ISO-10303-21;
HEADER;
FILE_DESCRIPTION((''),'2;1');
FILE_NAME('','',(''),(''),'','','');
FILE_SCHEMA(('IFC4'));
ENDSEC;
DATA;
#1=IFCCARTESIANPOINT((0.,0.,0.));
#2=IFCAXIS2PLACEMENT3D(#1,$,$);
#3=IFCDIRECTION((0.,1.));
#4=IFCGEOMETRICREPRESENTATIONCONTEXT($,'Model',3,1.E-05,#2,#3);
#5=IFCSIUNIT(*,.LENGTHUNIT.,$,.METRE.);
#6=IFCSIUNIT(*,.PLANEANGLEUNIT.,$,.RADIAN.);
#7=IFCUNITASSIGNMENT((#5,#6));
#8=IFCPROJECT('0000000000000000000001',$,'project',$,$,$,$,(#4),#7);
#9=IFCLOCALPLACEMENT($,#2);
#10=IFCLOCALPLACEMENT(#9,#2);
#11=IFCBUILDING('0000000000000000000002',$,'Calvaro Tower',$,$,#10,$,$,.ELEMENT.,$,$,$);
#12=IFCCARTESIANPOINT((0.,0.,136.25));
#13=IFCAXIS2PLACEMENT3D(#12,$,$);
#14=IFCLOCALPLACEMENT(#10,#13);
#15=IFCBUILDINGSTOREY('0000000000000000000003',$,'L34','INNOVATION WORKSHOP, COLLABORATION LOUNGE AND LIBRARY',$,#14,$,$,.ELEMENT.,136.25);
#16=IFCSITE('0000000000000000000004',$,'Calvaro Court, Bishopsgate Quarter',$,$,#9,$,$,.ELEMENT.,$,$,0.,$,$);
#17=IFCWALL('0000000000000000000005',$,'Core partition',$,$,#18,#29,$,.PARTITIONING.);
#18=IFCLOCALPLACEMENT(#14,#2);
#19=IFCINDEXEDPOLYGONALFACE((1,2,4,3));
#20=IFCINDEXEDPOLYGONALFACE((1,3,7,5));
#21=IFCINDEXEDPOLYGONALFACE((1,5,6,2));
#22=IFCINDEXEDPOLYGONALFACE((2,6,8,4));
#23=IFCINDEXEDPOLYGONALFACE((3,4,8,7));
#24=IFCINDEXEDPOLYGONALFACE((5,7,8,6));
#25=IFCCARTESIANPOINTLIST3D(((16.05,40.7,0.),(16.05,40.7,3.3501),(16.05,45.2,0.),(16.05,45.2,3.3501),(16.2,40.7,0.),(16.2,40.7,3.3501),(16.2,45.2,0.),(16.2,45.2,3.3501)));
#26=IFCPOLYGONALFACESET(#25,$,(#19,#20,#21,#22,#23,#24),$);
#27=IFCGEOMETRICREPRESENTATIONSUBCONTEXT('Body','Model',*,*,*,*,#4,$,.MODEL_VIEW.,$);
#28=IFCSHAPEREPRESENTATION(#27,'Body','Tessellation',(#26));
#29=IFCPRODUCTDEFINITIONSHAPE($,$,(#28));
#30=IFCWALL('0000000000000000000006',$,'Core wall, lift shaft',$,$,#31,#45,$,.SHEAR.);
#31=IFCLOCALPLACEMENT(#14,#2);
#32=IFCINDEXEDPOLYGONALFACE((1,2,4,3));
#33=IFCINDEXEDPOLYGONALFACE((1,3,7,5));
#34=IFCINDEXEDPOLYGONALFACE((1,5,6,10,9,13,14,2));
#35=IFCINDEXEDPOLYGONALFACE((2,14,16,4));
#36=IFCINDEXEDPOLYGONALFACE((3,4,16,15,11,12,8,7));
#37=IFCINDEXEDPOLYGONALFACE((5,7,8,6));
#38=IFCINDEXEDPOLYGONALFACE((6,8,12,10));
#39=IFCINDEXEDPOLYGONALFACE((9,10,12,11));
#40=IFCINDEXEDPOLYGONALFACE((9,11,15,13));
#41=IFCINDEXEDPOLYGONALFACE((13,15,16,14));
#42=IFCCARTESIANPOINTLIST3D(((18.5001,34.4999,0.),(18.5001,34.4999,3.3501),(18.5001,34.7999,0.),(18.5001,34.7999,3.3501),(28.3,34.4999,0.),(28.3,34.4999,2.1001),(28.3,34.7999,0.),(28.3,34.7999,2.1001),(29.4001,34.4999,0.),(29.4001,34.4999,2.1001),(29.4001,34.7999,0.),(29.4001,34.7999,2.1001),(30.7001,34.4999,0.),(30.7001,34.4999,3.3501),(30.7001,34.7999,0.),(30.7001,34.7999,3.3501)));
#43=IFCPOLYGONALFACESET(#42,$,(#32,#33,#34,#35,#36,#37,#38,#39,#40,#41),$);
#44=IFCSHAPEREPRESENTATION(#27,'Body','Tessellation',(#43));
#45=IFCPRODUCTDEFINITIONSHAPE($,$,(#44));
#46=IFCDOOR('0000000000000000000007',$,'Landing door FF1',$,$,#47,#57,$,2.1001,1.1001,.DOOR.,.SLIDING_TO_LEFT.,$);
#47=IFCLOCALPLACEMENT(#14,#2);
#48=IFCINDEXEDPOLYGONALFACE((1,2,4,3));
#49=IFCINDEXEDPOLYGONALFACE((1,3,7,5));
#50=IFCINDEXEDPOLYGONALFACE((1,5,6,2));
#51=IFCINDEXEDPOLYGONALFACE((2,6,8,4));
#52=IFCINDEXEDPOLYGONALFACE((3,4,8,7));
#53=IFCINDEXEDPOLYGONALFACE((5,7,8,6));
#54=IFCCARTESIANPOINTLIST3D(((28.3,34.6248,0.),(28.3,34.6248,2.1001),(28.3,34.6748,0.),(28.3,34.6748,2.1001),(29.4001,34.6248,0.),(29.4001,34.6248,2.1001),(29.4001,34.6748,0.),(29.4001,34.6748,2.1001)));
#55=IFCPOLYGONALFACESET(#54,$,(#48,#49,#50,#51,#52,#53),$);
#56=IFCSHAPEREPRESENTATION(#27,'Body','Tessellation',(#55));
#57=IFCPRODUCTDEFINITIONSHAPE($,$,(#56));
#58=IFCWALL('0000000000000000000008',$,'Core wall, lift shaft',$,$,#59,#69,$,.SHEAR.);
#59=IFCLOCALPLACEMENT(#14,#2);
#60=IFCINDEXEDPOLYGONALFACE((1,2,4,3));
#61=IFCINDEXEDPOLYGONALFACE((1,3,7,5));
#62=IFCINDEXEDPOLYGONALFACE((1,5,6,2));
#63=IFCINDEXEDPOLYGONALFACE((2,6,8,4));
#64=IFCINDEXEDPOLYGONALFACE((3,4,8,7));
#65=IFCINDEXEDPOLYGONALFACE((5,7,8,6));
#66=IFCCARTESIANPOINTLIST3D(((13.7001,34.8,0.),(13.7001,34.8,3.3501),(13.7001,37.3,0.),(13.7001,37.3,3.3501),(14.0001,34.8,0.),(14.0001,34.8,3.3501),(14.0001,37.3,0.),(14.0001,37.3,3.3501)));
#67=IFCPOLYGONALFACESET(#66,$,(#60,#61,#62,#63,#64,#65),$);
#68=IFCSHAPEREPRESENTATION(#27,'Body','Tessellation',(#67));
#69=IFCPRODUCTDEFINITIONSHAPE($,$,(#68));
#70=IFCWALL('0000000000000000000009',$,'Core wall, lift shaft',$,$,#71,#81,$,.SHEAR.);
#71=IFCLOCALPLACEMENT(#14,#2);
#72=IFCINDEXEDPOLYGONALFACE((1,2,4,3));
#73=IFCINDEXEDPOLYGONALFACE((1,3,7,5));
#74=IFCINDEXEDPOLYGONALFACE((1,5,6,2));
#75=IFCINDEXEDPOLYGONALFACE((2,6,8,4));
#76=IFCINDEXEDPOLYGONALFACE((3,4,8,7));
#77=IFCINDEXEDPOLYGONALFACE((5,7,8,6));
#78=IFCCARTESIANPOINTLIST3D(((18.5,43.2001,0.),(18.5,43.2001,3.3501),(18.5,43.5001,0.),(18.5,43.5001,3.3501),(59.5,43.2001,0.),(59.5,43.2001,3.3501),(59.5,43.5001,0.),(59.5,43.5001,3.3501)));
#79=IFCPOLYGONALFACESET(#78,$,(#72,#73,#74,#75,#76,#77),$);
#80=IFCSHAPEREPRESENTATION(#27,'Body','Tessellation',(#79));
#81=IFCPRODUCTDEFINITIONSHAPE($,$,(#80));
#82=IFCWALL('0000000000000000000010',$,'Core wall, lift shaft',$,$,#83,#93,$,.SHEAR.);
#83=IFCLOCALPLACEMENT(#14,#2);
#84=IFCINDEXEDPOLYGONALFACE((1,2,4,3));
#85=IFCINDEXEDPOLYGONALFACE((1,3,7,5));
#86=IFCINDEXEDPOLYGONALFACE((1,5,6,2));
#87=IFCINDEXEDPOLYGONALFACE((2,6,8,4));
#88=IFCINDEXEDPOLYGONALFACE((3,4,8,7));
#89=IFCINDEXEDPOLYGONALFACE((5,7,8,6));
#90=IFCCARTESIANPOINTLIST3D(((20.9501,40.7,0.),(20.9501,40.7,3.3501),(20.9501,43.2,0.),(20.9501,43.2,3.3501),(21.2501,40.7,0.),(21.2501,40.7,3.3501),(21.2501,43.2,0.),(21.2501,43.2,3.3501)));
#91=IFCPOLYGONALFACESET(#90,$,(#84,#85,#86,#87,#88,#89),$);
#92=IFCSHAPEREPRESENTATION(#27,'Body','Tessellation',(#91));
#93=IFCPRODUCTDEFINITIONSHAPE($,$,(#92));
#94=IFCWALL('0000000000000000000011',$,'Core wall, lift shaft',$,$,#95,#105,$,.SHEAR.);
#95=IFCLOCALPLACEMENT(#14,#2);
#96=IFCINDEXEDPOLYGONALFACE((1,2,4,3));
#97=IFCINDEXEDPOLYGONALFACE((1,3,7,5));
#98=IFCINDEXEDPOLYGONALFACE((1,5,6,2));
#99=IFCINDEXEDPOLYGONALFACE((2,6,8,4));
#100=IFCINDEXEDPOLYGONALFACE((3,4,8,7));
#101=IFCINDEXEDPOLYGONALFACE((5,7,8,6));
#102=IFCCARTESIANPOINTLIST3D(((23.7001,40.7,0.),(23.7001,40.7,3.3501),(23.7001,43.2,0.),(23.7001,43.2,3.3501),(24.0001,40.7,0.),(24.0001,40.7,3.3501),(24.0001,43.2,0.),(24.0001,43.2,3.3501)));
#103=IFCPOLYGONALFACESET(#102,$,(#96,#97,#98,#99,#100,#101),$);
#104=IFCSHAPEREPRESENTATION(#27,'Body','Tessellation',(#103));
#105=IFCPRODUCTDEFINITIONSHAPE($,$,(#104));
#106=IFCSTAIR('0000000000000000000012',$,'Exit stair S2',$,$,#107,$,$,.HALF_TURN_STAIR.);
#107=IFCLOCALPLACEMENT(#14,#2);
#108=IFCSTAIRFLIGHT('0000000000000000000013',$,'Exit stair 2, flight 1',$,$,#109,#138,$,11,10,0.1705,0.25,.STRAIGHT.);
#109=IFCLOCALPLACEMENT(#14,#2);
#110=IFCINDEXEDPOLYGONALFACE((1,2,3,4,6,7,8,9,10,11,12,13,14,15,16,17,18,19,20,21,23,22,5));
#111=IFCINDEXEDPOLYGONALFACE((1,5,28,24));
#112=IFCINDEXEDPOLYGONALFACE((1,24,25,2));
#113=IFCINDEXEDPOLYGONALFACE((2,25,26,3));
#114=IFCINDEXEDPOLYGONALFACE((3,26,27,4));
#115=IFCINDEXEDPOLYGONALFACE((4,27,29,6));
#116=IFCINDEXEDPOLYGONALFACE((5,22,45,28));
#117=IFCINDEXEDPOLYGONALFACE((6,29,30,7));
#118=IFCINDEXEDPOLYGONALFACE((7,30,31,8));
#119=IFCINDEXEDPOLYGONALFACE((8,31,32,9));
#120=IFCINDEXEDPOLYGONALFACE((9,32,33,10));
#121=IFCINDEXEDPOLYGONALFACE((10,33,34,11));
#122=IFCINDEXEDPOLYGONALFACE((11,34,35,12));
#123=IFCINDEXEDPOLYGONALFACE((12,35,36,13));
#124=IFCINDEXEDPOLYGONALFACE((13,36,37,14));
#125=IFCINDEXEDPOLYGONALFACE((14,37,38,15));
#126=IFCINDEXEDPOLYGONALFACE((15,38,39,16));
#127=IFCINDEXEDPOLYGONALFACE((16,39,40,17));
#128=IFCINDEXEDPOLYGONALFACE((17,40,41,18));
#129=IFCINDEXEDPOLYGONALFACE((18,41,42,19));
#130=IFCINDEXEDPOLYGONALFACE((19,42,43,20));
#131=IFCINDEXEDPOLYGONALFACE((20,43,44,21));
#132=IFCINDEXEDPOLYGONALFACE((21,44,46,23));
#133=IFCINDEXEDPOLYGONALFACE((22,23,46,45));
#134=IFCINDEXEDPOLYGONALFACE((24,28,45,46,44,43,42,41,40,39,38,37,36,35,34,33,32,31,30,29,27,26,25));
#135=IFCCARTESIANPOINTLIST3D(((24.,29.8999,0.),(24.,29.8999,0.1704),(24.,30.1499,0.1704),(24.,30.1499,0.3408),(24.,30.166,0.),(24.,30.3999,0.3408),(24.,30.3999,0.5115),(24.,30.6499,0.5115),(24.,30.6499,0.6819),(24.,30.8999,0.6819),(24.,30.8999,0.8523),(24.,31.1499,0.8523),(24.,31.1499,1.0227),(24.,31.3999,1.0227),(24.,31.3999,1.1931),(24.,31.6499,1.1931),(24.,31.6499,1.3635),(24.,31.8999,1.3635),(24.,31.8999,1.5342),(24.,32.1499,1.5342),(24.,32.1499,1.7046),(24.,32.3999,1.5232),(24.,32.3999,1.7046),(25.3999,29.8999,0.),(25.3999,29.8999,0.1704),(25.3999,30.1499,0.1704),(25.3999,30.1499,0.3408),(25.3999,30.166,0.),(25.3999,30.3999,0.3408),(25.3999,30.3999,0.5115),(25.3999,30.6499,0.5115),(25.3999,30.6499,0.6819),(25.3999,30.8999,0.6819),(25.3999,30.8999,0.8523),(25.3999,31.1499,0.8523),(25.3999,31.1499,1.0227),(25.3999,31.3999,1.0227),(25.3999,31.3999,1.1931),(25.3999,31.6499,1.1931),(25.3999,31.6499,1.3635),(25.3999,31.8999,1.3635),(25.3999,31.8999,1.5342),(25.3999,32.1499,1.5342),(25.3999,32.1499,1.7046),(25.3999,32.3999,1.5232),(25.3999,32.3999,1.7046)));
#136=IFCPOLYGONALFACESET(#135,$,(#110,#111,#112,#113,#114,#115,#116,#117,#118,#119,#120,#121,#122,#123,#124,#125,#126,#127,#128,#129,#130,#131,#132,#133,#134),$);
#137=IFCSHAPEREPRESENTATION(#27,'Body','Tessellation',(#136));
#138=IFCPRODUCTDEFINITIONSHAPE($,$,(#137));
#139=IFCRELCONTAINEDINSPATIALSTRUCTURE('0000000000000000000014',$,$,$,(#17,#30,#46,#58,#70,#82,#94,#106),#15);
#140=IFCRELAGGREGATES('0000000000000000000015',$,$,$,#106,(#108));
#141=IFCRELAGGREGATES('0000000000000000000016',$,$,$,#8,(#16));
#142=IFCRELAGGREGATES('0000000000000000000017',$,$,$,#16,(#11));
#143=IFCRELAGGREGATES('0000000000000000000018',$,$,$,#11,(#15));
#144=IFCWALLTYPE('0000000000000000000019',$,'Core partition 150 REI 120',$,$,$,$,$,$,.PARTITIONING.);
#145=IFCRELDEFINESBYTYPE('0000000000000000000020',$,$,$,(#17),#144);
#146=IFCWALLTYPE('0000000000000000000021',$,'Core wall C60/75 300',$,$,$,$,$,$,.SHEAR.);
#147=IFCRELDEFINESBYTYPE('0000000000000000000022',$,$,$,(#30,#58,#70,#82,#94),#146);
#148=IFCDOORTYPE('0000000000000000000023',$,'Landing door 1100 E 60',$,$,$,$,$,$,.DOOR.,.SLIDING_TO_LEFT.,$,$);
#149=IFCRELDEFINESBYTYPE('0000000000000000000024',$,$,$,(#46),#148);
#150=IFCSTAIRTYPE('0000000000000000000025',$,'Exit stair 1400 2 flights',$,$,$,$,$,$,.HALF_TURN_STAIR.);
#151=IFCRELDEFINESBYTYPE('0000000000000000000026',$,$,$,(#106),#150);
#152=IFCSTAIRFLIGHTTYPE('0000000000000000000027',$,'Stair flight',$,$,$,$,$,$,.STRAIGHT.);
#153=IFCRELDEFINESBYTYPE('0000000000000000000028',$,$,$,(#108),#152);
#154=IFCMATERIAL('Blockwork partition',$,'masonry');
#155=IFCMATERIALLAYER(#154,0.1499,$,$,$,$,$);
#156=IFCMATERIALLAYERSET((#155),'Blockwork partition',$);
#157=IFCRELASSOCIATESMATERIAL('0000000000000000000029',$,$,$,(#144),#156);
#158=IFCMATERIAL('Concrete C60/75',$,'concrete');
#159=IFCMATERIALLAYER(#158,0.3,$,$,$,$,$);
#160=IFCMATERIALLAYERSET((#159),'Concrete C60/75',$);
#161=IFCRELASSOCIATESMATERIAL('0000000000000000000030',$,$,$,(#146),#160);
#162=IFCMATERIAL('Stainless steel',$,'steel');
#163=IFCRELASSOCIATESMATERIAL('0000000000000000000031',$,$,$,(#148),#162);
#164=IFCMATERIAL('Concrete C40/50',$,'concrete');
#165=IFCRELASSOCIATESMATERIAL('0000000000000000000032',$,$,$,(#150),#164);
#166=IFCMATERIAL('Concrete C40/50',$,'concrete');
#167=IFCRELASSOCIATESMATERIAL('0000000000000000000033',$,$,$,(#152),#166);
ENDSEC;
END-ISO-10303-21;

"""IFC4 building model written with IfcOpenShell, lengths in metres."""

from ifc_helpers import new_model, si_unit, direction, frame, frame_2d, origin, place, context, subcontext, project, spatial, polyline, rectangle, outline, extrude, material, layer, layer_set, type_object, element, fill, aggregate, save


model = new_model("IFC4")

# Units and contexts
model_context = context("Model", 3, precision=1e-05, world=origin(), true_north=direction((0.0, 1.0)))
body_context = subcontext(model_context, "Body", "Model", "MODEL_VIEW")
ifc_project = project(units=[si_unit("LENGTHUNIT", "METRE"), si_unit("PLANEANGLEUNIT", "RADIAN")], contexts=[model_context])

# Site, building, storey
site_placement = place(None, origin())
site = spatial("IfcSite", under=ifc_project, at=site_placement, Name="Calvaro Court, Bishopsgate Quarter", CompositionType="ELEMENT", RefElevation=0.0)
building_placement = place(site_placement, origin())
building = spatial("IfcBuilding", under=site, at=building_placement, Name="Calvaro Tower", CompositionType="ELEMENT")
storey_placement = place(building_placement, frame((0.0, 0.0, 136.25)))
storey = spatial("IfcBuildingStorey", under=building, at=storey_placement, Name="L34", Description="INNOVATION WORKSHOP, COLLABORATION LOUNGE AND LIBRARY", CompositionType="ELEMENT", Elevation=136.25)

# Wall
ifc_material_1 = material(Name="Blockwork partition", Category="masonry")
ifc_layer_1 = layer(ifc_material_1, 0.1499)
ifc_layer_set_1 = layer_set([ifc_layer_1], Name="Blockwork partition")
wall_type_1 = type_object("IfcWallType", Name="Core partition 150 REI 120", PredefinedType="PARTITIONING", material=ifc_layer_set_1)
wall_1_placement = place(storey_placement, frame((16.125, 40.7, 0.0), z_axis=(0.0, 0.0, 1.0), x_axis=(0.0, 1.0, 0.0)))
element("IfcWall", 1, at=wall_1_placement, inside=storey, type_object=wall_type_1, Name="Core partition", PredefinedType="PARTITIONING", context=body_context, shape_type="SweptSolid", body=[
    extrude(rectangle(XDim=4.5, YDim=0.1499, at=frame_2d((2.25, 0.0))), origin(), (0.0, 0.0, 1.0), 3.3501),
])

# Wall, opening, door
ifc_material_2 = material(Name="Concrete C60/75", Category="concrete")
ifc_layer_2 = layer(ifc_material_2, 0.3)
ifc_layer_set_2 = layer_set([ifc_layer_2], Name="Concrete C60/75")
wall_type_2 = type_object("IfcWallType", Name="Core wall C60/75 300", PredefinedType="SHEAR", material=ifc_layer_set_2)
wall_2_placement = place(storey_placement, frame((18.5, 34.6499, 0.0), z_axis=(0.0, 0.0, 1.0), x_axis=(1.0, 0.0, 0.0)))
wall_2 = element("IfcWall", 2, at=wall_2_placement, inside=storey, type_object=wall_type_2, Name="Core wall, lift shaft", PredefinedType="SHEAR", context=body_context, shape_type="SweptSolid", body=[
    extrude(rectangle(XDim=12.2, YDim=0.3, at=frame_2d((6.1001, 0.0))), origin(), (0.0, 0.0, 1.0), 3.3501),
])
opening_1_placement = place(wall_2_placement, frame((9.8, 0.0, 0.0)))
opening_1 = element("IfcOpeningElement", 3, at=opening_1_placement, cuts=wall_2, PredefinedType="OPENING", context=body_context, shape_type="SweptSolid", body=[
    extrude(rectangle(XDim=1.1001, YDim=2.1001, at=frame_2d((0.55, 1.05))), frame((0.0, 0.1599, 0.0), z_axis=(0.0, -1.0, 0.0), x_axis=(1.0, 0.0, 0.0)), (0.0, 0.0, 1.0), 0.3201),
])
ifc_material_3 = material(Name="Stainless steel", Category="steel")
door_type_1 = type_object("IfcDoorType", Name="Landing door 1100 E 60", OperationType="SLIDING_TO_LEFT", PredefinedType="DOOR", material=ifc_material_3)
door_1_placement = place(opening_1_placement, origin())
door_1 = element("IfcDoor", 4, at=door_1_placement, inside=storey, type_object=door_type_1, Name="Landing door FF1", OperationType="SLIDING_TO_LEFT", OverallHeight=2.1001, OverallWidth=1.1001, PredefinedType="DOOR", context=body_context, shape_type="SweptSolid", body=[
    extrude(rectangle(XDim=1.1001, YDim=2.1001, at=frame_2d((0.55, 1.05))), frame((0.0, 0.0249, 0.0), z_axis=(0.0, -1.0, 0.0), x_axis=(1.0, 0.0, 0.0)), (0.0, 0.0, 1.0), 0.05),
])
fill(opening_1, door_1)

# Wall
wall_3_placement = place(storey_placement, frame((13.8501, 34.8, 0.0), z_axis=(0.0, 0.0, 1.0), x_axis=(0.0, 1.0, 0.0)))
element("IfcWall", 5, at=wall_3_placement, inside=storey, type_object=wall_type_2, Name="Core wall, lift shaft", PredefinedType="SHEAR", context=body_context, shape_type="SweptSolid", body=[
    extrude(rectangle(XDim=2.5, YDim=0.3, at=frame_2d((1.25, 0.0))), origin(), (0.0, 0.0, 1.0), 3.3501),
])

# Walls
wall_4_placement = place(storey_placement, frame((18.5, 43.3501, 0.0), z_axis=(0.0, 0.0, 1.0), x_axis=(1.0, 0.0, 0.0)))
element("IfcWall", 6, at=wall_4_placement, inside=storey, type_object=wall_type_2, Name="Core wall, lift shaft", PredefinedType="SHEAR", context=body_context, shape_type="SweptSolid", body=[
    extrude(rectangle(XDim=41.0, YDim=0.3, at=frame_2d((20.5, 0.0))), origin(), (0.0, 0.0, 1.0), 3.3501),
])
for number, where, z_axis, x_axis, name in (
    (7, (21.1001, 40.7, 0.0), (0.0, 0.0, 1.0), (0.0, 1.0, 0.0), "Core wall, lift shaft"),
    (8, (23.8501, 40.7, 0.0), (0.0, 0.0, 1.0), (0.0, 1.0, 0.0), "Core wall, lift shaft"),
):
    element("IfcWall", number, at=place(storey_placement, frame(where, z_axis=z_axis, x_axis=x_axis)), inside=storey, type_object=wall_type_2, Name=name, PredefinedType="SHEAR", context=body_context, shape_type="SweptSolid", body=[
        extrude(rectangle(XDim=2.5, YDim=0.3, at=frame_2d((1.25, 0.0))), origin(), (0.0, 0.0, 1.0), 3.3501),
    ])

# Stair, stair flight
ifc_material_4 = material(Name="Concrete C40/50", Category="concrete")
stair_type = type_object("IfcStairType", Name="Exit stair 1400 2 flights", PredefinedType="HALF_TURN_STAIR", material=ifc_material_4)
stair_1_placement = place(storey_placement, origin())
stair_1 = element("IfcStair", 9, at=stair_1_placement, inside=storey, type_object=stair_type, Name="Exit stair S2", PredefinedType="HALF_TURN_STAIR")
ifc_material_5 = material(Name="Concrete C40/50", Category="concrete")
stair_flight_type = type_object("IfcStairFlightType", Name="Stair flight", PredefinedType="STRAIGHT", material=ifc_material_5)
stair_flight_placement = place(storey_placement, frame((24.7, 29.8999, 0.0), z_axis=(0.0, 0.0, 1.0), x_axis=(0.0, 1.0, 0.0)))
stair_flight = element("IfcStairFlight", 10, at=stair_flight_placement, type_object=stair_flight_type, Name="Exit stair 2, flight 1", NumberOfRisers=11, NumberOfTreads=10, PredefinedType="STRAIGHT", RiserHeight=0.1705, TreadLength=0.25, context=body_context, shape_type="SweptSolid", body=[
    extrude(outline(polyline([(0.0, 0.0), (0.0, 0.1704), (0.25, 0.1704), (0.25, 0.3408), (0.5, 0.3408), (0.5, 0.5115), (0.75, 0.5115), (0.75, 0.6819), (1.0, 0.6819), (1.0, 0.8523), (1.25, 0.8523), (1.25, 1.0227), (1.5, 1.0227), (1.5, 1.1931), (1.75, 1.1931), (1.75, 1.3635), (2.0, 1.3635), (2.0, 1.5342), (2.25, 1.5342), (2.25, 1.7046), (2.5, 1.7046), (2.5, 1.875), (2.5, 1.5232), (0.2661, 0.0), (0.0, 0.0)])), frame((0.0, 0.7, 0.0), z_axis=(0.0, -1.0, 0.0), x_axis=(1.0, 0.0, 0.0)), (0.0, 0.0, 1.0), 1.3999),
])

aggregate(stair_1, [stair_flight])

save(model, "model.ifc")
